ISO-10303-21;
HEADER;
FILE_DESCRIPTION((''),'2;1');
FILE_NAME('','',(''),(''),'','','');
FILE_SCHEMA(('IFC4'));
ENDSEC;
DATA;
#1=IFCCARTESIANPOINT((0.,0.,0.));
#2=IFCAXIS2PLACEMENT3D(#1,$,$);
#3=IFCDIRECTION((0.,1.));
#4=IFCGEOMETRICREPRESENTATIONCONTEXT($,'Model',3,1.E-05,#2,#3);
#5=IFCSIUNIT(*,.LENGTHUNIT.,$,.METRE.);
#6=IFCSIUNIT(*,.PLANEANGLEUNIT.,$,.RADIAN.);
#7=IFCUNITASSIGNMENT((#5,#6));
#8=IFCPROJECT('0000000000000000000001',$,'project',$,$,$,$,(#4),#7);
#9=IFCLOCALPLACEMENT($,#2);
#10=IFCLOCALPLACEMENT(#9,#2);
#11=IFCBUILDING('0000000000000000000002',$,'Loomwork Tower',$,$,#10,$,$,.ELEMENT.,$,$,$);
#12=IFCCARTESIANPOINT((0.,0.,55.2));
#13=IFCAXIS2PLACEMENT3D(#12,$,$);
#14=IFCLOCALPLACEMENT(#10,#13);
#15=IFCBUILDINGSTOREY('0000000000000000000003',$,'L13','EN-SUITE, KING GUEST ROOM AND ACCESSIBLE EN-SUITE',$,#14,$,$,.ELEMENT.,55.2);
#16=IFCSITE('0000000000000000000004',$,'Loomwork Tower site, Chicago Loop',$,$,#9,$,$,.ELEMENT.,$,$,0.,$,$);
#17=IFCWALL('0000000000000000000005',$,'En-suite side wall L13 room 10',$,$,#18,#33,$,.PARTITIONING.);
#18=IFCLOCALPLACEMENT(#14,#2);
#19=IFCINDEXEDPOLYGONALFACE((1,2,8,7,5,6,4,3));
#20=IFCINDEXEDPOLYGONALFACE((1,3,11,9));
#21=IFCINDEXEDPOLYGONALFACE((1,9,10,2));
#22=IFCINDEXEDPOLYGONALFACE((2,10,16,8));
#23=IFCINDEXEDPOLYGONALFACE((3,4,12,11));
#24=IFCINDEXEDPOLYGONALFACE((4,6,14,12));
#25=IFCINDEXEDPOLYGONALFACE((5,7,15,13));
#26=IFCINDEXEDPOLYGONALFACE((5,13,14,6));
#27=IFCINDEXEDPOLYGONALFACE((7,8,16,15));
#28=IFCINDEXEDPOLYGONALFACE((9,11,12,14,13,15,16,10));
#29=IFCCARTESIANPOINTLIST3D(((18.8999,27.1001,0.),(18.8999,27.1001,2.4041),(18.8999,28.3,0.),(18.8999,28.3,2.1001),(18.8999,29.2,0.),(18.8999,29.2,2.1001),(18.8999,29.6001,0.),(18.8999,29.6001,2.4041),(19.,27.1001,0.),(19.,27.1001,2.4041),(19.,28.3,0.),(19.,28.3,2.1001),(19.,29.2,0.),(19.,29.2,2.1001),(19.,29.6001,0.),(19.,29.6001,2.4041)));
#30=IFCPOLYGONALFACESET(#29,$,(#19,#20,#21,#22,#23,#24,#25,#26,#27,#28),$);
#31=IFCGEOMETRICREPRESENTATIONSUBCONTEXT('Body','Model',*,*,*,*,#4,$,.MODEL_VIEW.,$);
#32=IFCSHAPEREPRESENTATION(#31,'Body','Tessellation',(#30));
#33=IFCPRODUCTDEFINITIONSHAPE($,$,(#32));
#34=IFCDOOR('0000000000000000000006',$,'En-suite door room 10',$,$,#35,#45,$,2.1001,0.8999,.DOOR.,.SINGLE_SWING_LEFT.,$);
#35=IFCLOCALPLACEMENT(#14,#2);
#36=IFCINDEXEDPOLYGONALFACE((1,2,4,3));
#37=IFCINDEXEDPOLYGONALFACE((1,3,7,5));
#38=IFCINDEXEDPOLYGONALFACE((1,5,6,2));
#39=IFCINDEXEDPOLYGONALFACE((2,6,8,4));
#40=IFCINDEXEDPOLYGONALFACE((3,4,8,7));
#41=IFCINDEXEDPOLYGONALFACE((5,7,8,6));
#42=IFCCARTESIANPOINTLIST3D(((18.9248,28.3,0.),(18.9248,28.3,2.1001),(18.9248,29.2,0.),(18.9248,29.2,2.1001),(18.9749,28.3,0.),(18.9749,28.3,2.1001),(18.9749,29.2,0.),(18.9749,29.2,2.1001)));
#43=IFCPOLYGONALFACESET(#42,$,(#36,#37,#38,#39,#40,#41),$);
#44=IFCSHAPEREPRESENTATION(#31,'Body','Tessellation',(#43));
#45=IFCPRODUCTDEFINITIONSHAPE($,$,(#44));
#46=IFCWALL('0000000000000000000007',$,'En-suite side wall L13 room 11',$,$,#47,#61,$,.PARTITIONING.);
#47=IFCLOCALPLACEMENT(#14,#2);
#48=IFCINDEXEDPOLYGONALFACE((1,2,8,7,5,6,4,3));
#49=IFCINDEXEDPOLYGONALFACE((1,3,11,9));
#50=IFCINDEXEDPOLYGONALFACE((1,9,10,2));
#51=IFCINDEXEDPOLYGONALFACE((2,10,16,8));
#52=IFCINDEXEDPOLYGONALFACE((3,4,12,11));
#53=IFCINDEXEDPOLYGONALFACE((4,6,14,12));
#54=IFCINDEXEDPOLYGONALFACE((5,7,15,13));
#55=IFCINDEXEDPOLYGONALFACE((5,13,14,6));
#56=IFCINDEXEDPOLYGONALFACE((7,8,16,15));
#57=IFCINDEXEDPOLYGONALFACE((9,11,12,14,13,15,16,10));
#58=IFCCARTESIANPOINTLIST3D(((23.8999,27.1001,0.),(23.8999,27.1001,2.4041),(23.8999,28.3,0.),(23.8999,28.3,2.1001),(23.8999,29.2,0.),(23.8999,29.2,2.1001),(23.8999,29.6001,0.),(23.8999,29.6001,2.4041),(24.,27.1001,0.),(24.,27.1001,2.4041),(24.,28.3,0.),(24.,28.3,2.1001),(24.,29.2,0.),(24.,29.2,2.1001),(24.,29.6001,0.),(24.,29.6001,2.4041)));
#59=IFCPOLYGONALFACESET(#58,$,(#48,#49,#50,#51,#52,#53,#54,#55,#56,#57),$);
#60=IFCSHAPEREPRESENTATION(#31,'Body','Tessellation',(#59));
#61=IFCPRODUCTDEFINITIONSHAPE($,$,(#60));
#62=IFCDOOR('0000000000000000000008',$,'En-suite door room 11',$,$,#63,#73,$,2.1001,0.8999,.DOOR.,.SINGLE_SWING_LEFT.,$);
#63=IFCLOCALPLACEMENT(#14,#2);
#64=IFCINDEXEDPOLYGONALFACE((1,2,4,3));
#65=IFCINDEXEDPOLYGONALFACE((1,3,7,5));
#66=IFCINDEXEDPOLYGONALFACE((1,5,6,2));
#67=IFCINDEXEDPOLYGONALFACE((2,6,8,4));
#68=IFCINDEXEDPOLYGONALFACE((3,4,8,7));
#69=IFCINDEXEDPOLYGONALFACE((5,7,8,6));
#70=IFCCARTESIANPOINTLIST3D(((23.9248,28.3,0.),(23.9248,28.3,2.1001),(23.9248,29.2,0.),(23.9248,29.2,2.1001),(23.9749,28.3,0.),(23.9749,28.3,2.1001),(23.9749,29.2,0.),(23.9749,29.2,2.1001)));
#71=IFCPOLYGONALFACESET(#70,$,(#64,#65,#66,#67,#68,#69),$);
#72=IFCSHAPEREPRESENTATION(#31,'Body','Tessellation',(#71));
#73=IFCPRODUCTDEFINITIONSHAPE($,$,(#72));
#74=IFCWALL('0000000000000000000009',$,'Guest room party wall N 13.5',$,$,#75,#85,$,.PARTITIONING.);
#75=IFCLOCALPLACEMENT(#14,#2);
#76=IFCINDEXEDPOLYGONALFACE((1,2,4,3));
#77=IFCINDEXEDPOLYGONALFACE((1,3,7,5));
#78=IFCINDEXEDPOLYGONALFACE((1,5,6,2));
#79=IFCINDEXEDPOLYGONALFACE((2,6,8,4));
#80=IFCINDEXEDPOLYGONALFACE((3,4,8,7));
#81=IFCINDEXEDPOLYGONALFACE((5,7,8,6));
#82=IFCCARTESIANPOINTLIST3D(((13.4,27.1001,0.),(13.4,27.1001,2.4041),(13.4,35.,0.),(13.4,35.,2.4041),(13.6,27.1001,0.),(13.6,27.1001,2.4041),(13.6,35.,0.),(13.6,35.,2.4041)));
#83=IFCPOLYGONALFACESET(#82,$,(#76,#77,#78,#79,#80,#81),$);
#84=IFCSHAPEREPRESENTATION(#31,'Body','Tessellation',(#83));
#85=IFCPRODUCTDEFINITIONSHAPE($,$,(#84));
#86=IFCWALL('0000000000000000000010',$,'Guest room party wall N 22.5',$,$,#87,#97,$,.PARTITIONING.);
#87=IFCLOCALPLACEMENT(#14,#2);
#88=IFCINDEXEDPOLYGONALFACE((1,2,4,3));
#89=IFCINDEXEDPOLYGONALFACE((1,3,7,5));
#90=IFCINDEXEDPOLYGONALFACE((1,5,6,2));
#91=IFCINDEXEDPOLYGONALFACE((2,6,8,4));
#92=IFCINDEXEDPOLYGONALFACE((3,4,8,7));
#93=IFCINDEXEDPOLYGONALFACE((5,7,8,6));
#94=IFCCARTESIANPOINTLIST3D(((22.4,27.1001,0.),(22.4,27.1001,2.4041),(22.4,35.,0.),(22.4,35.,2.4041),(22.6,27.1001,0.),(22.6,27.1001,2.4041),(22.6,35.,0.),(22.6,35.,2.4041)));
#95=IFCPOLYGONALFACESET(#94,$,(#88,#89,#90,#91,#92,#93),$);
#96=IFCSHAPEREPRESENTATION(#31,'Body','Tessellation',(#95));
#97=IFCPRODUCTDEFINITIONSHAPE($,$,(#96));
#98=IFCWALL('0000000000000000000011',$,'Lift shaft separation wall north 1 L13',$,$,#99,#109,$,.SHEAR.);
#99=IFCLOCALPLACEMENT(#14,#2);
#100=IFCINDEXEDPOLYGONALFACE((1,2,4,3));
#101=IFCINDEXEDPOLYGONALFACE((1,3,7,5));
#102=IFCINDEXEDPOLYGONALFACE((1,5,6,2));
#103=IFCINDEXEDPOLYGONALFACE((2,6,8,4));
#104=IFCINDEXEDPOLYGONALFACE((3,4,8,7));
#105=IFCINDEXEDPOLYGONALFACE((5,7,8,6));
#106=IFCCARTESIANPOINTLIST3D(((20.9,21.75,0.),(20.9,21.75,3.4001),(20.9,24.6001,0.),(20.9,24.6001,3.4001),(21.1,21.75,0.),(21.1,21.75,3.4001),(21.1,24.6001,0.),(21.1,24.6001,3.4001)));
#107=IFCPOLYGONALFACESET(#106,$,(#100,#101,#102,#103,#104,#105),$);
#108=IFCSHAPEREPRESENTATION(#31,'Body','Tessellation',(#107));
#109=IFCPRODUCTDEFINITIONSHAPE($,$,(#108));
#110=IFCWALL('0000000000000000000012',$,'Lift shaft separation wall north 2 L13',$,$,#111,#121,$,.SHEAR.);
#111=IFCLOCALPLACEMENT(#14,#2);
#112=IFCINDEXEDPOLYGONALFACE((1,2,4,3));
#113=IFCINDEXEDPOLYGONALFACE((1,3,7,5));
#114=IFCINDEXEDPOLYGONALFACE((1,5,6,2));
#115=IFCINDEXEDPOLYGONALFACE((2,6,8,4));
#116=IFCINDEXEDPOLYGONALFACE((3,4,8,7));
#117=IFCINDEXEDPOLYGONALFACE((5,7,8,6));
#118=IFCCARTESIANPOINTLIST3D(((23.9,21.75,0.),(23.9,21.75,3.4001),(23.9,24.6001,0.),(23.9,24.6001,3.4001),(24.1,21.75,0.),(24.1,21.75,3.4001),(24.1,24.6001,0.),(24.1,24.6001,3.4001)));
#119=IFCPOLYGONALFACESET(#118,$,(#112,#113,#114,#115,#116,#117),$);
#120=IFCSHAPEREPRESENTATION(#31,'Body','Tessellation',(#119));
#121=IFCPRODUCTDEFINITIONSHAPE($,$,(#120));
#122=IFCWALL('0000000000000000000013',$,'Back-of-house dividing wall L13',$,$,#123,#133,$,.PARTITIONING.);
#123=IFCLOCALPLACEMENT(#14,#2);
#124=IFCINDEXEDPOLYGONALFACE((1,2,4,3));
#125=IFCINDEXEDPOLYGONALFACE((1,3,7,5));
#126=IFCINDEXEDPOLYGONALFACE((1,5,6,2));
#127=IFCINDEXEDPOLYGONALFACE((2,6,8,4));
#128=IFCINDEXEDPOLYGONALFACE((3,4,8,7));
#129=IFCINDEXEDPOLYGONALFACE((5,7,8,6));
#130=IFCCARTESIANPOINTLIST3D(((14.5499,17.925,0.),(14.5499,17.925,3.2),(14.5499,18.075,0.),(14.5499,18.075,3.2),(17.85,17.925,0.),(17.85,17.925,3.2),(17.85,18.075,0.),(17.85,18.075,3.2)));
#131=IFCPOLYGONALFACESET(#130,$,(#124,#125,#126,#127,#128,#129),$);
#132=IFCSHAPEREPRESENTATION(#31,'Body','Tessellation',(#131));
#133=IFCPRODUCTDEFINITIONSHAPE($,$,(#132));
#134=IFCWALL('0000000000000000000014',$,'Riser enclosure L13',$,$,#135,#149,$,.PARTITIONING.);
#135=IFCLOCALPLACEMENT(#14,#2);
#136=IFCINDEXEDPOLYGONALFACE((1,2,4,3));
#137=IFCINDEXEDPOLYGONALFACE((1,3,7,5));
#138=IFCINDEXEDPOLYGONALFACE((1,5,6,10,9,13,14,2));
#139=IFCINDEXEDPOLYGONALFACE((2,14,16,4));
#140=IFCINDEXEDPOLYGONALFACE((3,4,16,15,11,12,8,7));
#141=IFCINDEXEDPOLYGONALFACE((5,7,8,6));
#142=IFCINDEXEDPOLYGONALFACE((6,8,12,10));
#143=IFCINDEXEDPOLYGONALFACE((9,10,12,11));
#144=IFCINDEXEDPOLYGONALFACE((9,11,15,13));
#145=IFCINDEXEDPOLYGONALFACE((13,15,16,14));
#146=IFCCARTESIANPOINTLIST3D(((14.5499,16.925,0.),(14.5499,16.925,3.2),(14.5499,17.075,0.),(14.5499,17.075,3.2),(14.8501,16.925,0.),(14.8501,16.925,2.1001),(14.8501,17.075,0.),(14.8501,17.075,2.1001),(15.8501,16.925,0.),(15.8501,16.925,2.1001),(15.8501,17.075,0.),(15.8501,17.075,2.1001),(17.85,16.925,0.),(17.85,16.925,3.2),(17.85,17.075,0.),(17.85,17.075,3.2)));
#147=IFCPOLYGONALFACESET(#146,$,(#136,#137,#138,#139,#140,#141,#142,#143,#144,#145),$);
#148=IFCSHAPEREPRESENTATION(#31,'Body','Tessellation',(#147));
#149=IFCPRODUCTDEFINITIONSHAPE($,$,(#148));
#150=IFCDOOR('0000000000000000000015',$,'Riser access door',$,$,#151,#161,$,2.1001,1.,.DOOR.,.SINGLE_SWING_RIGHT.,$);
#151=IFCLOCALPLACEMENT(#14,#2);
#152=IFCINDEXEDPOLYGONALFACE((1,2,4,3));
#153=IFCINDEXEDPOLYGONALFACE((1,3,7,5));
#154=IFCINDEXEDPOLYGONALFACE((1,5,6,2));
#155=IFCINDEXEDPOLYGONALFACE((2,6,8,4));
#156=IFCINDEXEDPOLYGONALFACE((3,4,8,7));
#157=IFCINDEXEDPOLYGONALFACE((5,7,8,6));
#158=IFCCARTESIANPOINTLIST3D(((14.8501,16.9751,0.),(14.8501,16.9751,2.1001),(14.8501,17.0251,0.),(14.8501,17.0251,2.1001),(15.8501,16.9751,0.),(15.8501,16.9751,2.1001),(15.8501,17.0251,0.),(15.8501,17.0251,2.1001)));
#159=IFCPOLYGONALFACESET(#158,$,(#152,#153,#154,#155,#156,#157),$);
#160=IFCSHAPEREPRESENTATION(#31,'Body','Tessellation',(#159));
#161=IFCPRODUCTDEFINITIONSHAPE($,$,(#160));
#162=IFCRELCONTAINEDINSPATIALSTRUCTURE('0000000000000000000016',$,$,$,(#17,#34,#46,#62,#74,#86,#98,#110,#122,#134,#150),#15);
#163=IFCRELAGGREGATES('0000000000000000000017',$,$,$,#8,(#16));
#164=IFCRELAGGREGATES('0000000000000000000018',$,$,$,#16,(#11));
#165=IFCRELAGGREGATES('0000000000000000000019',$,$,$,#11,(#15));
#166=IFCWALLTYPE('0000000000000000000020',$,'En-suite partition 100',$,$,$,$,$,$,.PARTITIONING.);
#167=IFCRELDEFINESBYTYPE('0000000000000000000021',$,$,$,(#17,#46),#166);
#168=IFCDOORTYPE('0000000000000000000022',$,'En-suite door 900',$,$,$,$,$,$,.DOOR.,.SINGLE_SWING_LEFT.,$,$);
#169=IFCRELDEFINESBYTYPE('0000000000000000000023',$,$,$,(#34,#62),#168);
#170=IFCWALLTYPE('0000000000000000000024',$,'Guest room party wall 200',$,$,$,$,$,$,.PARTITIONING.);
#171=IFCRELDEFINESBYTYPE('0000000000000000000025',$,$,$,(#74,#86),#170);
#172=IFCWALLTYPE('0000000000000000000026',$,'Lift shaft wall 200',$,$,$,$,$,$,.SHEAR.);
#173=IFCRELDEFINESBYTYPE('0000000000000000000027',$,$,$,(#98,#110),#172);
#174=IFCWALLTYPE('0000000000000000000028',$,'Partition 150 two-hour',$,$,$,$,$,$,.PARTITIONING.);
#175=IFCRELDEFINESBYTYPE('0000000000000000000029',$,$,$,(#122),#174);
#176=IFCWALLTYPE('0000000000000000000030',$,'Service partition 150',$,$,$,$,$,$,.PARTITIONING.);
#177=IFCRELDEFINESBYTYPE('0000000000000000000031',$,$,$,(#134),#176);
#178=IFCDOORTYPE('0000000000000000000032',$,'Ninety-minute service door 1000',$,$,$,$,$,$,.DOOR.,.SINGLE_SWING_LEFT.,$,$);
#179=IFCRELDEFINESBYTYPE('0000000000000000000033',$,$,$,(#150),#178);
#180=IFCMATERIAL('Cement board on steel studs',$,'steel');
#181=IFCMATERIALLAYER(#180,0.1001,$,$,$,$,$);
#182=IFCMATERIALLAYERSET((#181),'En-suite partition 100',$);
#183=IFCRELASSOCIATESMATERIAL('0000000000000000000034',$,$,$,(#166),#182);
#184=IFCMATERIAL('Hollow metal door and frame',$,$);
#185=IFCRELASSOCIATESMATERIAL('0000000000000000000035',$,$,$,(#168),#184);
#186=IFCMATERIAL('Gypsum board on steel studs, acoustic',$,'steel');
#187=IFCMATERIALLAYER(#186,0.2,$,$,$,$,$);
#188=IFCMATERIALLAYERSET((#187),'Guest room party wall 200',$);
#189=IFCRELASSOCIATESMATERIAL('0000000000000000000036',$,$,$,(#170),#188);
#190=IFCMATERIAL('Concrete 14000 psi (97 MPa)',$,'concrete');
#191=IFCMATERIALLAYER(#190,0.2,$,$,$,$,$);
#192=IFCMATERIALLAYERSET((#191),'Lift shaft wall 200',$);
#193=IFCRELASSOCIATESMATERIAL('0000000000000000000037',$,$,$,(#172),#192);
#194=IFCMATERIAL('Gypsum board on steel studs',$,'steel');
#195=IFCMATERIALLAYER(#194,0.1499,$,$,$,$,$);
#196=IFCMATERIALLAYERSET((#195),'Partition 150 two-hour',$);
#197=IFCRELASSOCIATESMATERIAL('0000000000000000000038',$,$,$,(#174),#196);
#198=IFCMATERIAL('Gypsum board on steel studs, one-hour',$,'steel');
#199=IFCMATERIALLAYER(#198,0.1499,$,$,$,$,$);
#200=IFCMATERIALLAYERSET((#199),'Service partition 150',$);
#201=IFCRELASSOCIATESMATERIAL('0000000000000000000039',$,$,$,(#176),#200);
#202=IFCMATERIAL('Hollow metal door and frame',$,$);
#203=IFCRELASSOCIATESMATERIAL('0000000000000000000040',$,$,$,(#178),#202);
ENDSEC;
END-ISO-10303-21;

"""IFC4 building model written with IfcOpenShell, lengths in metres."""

from ifc_helpers import new_model, si_unit, direction, frame, frame_2d, origin, place, context, subcontext, project, spatial, rectangle, extrude, material, layer, layer_set, type_object, element, fill, save


model = new_model("IFC4")

# Units and contexts
model_context = context("Model", 3, precision=1e-05, world=origin(), true_north=direction((0.0, 1.0)))
body_context = subcontext(model_context, "Body", "Model", "MODEL_VIEW")
ifc_project = project(units=[si_unit("LENGTHUNIT", "METRE"), si_unit("PLANEANGLEUNIT", "RADIAN")], contexts=[model_context])

# Site, building, storey
site_placement = place(None, origin())
site = spatial("IfcSite", under=ifc_project, at=site_placement, Name="Loomwork Tower site, Chicago Loop", CompositionType="ELEMENT", RefElevation=0.0)
building_placement = place(site_placement, origin())
building = spatial("IfcBuilding", under=site, at=building_placement, Name="Loomwork Tower", CompositionType="ELEMENT")
storey_placement = place(building_placement, frame((0.0, 0.0, 55.2)))
storey = spatial("IfcBuildingStorey", under=building, at=storey_placement, Name="L13", Description="EN-SUITE, KING GUEST ROOM AND ACCESSIBLE EN-SUITE", CompositionType="ELEMENT", Elevation=55.2)

# Walls, openings, doors
ifc_material_1 = material(Name="Cement board on steel studs", Category="steel")
ifc_layer_1 = layer(ifc_material_1, 0.1001)
ifc_layer_set_1 = layer_set([ifc_layer_1], Name="En-suite partition 100")
wall_type_1 = type_object("IfcWallType", Name="En-suite partition 100", PredefinedType="PARTITIONING", material=ifc_layer_set_1)
wall_1_placement = place(storey_placement, frame((18.95, 27.1001, 0.0), z_axis=(0.0, 0.0, 1.0), x_axis=(0.0, 1.0, 0.0)))
wall_1 = element("IfcWall", 1, at=wall_1_placement, inside=storey, type_object=wall_type_1, Name="En-suite side wall L13 room 10", PredefinedType="PARTITIONING", context=body_context, shape_type="SweptSolid", body=[
    extrude(rectangle(XDim=2.5, YDim=0.1001, at=frame_2d((1.25, 0.0))), origin(), (0.0, 0.0, 1.0), 2.4041),
])
opening_1_placement = place(wall_1_placement, frame((1.2, 0.0, 0.0)))
opening_1 = element("IfcOpeningElement", 2, at=opening_1_placement, cuts=wall_1, PredefinedType="OPENING", context=body_context, shape_type="SweptSolid", body=[
    extrude(rectangle(XDim=0.8999, YDim=2.1001, at=frame_2d((0.45, 1.05))), frame((0.0, 0.0601, 0.0), z_axis=(0.0, -1.0, 0.0), x_axis=(1.0, 0.0, 0.0)), (0.0, 0.0, 1.0), 0.1201),
])
ifc_material_2 = material(Name="Hollow metal door and frame")
door_type_1 = type_object("IfcDoorType", Name="En-suite door 900", OperationType="SINGLE_SWING_LEFT", PredefinedType="DOOR", material=ifc_material_2)
door_1_placement = place(opening_1_placement, frame((0.8999, 0.0, 0.0), z_axis=(0.0, 0.0, 1.0), x_axis=(-1.0, 0.0, 0.0)))
door_1 = element("IfcDoor", 3, at=door_1_placement, inside=storey, type_object=door_type_1, Name="En-suite door room 10", OperationType="SINGLE_SWING_LEFT", OverallHeight=2.1001, OverallWidth=0.8999, PredefinedType="DOOR", context=body_context, shape_type="SweptSolid", body=[
    extrude(rectangle(XDim=0.8999, YDim=2.1001, at=frame_2d((0.45, 1.05))), frame((0.0, 0.0249, 0.0), z_axis=(0.0, -1.0, 0.0), x_axis=(1.0, 0.0, 0.0)), (0.0, 0.0, 1.0), 0.05),
])
fill(opening_1, door_1)
wall_2_placement = place(storey_placement, frame((23.95, 27.1001, 0.0), z_axis=(0.0, 0.0, 1.0), x_axis=(0.0, 1.0, 0.0)))
wall_2 = element("IfcWall", 4, at=wall_2_placement, inside=storey, type_object=wall_type_1, Name="En-suite side wall L13 room 11", PredefinedType="PARTITIONING", context=body_context, shape_type="SweptSolid", body=[
    extrude(rectangle(XDim=2.5, YDim=0.1001, at=frame_2d((1.25, 0.0))), origin(), (0.0, 0.0, 1.0), 2.4041),
])
opening_2_placement = place(wall_2_placement, frame((1.2, 0.0, 0.0)))
opening_2 = element("IfcOpeningElement", 5, at=opening_2_placement, cuts=wall_2, PredefinedType="OPENING", context=body_context, shape_type="SweptSolid", body=[
    extrude(rectangle(XDim=0.8999, YDim=2.1001, at=frame_2d((0.45, 1.05))), frame((0.0, 0.0601, 0.0), z_axis=(0.0, -1.0, 0.0), x_axis=(1.0, 0.0, 0.0)), (0.0, 0.0, 1.0), 0.1201),
])
door_2_placement = place(opening_2_placement, frame((0.8999, 0.0, 0.0), z_axis=(0.0, 0.0, 1.0), x_axis=(-1.0, 0.0, 0.0)))
door_2 = element("IfcDoor", 6, at=door_2_placement, inside=storey, type_object=door_type_1, Name="En-suite door room 11", OperationType="SINGLE_SWING_LEFT", OverallHeight=2.1001, OverallWidth=0.8999, PredefinedType="DOOR", context=body_context, shape_type="SweptSolid", body=[
    extrude(rectangle(XDim=0.8999, YDim=2.1001, at=frame_2d((0.45, 1.05))), frame((0.0, 0.0249, 0.0), z_axis=(0.0, -1.0, 0.0), x_axis=(1.0, 0.0, 0.0)), (0.0, 0.0, 1.0), 0.05),
])
fill(opening_2, door_2)

# Walls
ifc_material_3 = material(Name="Gypsum board on steel studs, acoustic", Category="steel")
ifc_layer_2 = layer(ifc_material_3, 0.2)
ifc_layer_set_2 = layer_set([ifc_layer_2], Name="Guest room party wall 200")
wall_type_2 = type_object("IfcWallType", Name="Guest room party wall 200", PredefinedType="PARTITIONING", material=ifc_layer_set_2)
for number, where, z_axis, x_axis, name in (
    (7, (13.5, 27.1001, 0.0), (0.0, 0.0, 1.0), (0.0, 1.0, 0.0), "Guest room party wall N 13.5"),
    (8, (22.5, 27.1001, 0.0), (0.0, 0.0, 1.0), (0.0, 1.0, 0.0), "Guest room party wall N 22.5"),
):
    element("IfcWall", number, at=place(storey_placement, frame(where, z_axis=z_axis, x_axis=x_axis)), inside=storey, type_object=wall_type_2, Name=name, PredefinedType="PARTITIONING", context=body_context, shape_type="SweptSolid", body=[
        extrude(rectangle(XDim=7.8999, YDim=0.2, at=frame_2d((3.95, 0.0))), origin(), (0.0, 0.0, 1.0), 2.4041),
    ])
ifc_material_4 = material(Name="Concrete 14000 psi (97 MPa)", Category="concrete")
ifc_layer_3 = layer(ifc_material_4, 0.2)
ifc_layer_set_3 = layer_set([ifc_layer_3], Name="Lift shaft wall 200")
wall_type_3 = type_object("IfcWallType", Name="Lift shaft wall 200", PredefinedType="SHEAR", material=ifc_layer_set_3)
for number, where, z_axis, x_axis, name in (
    (9, (21.0, 21.75, 0.0), (0.0, 0.0, 1.0), (0.0, 1.0, 0.0), "Lift shaft separation wall north 1 L13"),
    (10, (24.0, 21.75, 0.0), (0.0, 0.0, 1.0), (0.0, 1.0, 0.0), "Lift shaft separation wall north 2 L13"),
):
    element("IfcWall", number, at=place(storey_placement, frame(where, z_axis=z_axis, x_axis=x_axis)), inside=storey, type_object=wall_type_3, Name=name, PredefinedType="SHEAR", context=body_context, shape_type="SweptSolid", body=[
        extrude(rectangle(XDim=2.8501, YDim=0.2, at=frame_2d((1.425, 0.0))), origin(), (0.0, 0.0, 1.0), 3.4001),
    ])
ifc_material_5 = material(Name="Gypsum board on steel studs", Category="steel")
ifc_layer_4 = layer(ifc_material_5, 0.1499)
ifc_layer_set_4 = layer_set([ifc_layer_4], Name="Partition 150 two-hour")
wall_type_4 = type_object("IfcWallType", Name="Partition 150 two-hour", PredefinedType="PARTITIONING", material=ifc_layer_set_4)
wall_3_placement = place(storey_placement, frame((14.55, 18.0, 0.0), z_axis=(0.0, 0.0, 1.0), x_axis=(1.0, 0.0, 0.0)))
element("IfcWall", 11, at=wall_3_placement, inside=storey, type_object=wall_type_4, Name="Back-of-house dividing wall L13", PredefinedType="PARTITIONING", context=body_context, shape_type="SweptSolid", body=[
    extrude(rectangle(XDim=3.3, YDim=0.1499, at=frame_2d((1.6499, 0.0))), origin(), (0.0, 0.0, 1.0), 3.2),
])

# Wall, opening, door
ifc_material_6 = material(Name="Gypsum board on steel studs, one-hour", Category="steel")
ifc_layer_5 = layer(ifc_material_6, 0.1499)
ifc_layer_set_5 = layer_set([ifc_layer_5], Name="Service partition 150")
wall_type_5 = type_object("IfcWallType", Name="Service partition 150", PredefinedType="PARTITIONING", material=ifc_layer_set_5)
wall_4_placement = place(storey_placement, frame((14.55, 17.0, 0.0), z_axis=(0.0, 0.0, 1.0), x_axis=(1.0, 0.0, 0.0)))
wall_4 = element("IfcWall", 12, at=wall_4_placement, inside=storey, type_object=wall_type_5, Name="Riser enclosure L13", PredefinedType="PARTITIONING", context=body_context, shape_type="SweptSolid", body=[
    extrude(rectangle(XDim=3.3, YDim=0.1499, at=frame_2d((1.6499, 0.0))), origin(), (0.0, 0.0, 1.0), 3.2),
])
opening_3_placement = place(wall_4_placement, frame((0.3, 0.0, 0.0)))
opening_3 = element("IfcOpeningElement", 13, at=opening_3_placement, cuts=wall_4, PredefinedType="OPENING", context=body_context, shape_type="SweptSolid", body=[
    extrude(rectangle(XDim=1.0, YDim=2.1001, at=frame_2d((0.5, 1.05))), frame((0.0, 0.085, 0.0), z_axis=(0.0, -1.0, 0.0), x_axis=(1.0, 0.0, 0.0)), (0.0, 0.0, 1.0), 0.1699),
])
ifc_material_7 = material(Name="Hollow metal door and frame")
door_type_2 = type_object("IfcDoorType", Name="Ninety-minute service door 1000", OperationType="SINGLE_SWING_LEFT", PredefinedType="DOOR", material=ifc_material_7)
door_3_placement = place(opening_3_placement, frame((1.0, 0.0, 0.0), z_axis=(0.0, 0.0, 1.0), x_axis=(-1.0, 0.0, 0.0)))
door_3 = element("IfcDoor", 14, at=door_3_placement, inside=storey, type_object=door_type_2, Name="Riser access door", OperationType="SINGLE_SWING_RIGHT", OverallHeight=2.1001, OverallWidth=1.0, PredefinedType="DOOR", context=body_context, shape_type="SweptSolid", body=[
    extrude(rectangle(XDim=1.0, YDim=2.1001, at=frame_2d((0.5, 1.05))), frame((0.0, 0.0249, 0.0), z_axis=(0.0, -1.0, 0.0), x_axis=(1.0, 0.0, 0.0)), (0.0, 0.0, 1.0), 0.05),
])
fill(opening_3, door_3)

save(model, "model.ifc")
